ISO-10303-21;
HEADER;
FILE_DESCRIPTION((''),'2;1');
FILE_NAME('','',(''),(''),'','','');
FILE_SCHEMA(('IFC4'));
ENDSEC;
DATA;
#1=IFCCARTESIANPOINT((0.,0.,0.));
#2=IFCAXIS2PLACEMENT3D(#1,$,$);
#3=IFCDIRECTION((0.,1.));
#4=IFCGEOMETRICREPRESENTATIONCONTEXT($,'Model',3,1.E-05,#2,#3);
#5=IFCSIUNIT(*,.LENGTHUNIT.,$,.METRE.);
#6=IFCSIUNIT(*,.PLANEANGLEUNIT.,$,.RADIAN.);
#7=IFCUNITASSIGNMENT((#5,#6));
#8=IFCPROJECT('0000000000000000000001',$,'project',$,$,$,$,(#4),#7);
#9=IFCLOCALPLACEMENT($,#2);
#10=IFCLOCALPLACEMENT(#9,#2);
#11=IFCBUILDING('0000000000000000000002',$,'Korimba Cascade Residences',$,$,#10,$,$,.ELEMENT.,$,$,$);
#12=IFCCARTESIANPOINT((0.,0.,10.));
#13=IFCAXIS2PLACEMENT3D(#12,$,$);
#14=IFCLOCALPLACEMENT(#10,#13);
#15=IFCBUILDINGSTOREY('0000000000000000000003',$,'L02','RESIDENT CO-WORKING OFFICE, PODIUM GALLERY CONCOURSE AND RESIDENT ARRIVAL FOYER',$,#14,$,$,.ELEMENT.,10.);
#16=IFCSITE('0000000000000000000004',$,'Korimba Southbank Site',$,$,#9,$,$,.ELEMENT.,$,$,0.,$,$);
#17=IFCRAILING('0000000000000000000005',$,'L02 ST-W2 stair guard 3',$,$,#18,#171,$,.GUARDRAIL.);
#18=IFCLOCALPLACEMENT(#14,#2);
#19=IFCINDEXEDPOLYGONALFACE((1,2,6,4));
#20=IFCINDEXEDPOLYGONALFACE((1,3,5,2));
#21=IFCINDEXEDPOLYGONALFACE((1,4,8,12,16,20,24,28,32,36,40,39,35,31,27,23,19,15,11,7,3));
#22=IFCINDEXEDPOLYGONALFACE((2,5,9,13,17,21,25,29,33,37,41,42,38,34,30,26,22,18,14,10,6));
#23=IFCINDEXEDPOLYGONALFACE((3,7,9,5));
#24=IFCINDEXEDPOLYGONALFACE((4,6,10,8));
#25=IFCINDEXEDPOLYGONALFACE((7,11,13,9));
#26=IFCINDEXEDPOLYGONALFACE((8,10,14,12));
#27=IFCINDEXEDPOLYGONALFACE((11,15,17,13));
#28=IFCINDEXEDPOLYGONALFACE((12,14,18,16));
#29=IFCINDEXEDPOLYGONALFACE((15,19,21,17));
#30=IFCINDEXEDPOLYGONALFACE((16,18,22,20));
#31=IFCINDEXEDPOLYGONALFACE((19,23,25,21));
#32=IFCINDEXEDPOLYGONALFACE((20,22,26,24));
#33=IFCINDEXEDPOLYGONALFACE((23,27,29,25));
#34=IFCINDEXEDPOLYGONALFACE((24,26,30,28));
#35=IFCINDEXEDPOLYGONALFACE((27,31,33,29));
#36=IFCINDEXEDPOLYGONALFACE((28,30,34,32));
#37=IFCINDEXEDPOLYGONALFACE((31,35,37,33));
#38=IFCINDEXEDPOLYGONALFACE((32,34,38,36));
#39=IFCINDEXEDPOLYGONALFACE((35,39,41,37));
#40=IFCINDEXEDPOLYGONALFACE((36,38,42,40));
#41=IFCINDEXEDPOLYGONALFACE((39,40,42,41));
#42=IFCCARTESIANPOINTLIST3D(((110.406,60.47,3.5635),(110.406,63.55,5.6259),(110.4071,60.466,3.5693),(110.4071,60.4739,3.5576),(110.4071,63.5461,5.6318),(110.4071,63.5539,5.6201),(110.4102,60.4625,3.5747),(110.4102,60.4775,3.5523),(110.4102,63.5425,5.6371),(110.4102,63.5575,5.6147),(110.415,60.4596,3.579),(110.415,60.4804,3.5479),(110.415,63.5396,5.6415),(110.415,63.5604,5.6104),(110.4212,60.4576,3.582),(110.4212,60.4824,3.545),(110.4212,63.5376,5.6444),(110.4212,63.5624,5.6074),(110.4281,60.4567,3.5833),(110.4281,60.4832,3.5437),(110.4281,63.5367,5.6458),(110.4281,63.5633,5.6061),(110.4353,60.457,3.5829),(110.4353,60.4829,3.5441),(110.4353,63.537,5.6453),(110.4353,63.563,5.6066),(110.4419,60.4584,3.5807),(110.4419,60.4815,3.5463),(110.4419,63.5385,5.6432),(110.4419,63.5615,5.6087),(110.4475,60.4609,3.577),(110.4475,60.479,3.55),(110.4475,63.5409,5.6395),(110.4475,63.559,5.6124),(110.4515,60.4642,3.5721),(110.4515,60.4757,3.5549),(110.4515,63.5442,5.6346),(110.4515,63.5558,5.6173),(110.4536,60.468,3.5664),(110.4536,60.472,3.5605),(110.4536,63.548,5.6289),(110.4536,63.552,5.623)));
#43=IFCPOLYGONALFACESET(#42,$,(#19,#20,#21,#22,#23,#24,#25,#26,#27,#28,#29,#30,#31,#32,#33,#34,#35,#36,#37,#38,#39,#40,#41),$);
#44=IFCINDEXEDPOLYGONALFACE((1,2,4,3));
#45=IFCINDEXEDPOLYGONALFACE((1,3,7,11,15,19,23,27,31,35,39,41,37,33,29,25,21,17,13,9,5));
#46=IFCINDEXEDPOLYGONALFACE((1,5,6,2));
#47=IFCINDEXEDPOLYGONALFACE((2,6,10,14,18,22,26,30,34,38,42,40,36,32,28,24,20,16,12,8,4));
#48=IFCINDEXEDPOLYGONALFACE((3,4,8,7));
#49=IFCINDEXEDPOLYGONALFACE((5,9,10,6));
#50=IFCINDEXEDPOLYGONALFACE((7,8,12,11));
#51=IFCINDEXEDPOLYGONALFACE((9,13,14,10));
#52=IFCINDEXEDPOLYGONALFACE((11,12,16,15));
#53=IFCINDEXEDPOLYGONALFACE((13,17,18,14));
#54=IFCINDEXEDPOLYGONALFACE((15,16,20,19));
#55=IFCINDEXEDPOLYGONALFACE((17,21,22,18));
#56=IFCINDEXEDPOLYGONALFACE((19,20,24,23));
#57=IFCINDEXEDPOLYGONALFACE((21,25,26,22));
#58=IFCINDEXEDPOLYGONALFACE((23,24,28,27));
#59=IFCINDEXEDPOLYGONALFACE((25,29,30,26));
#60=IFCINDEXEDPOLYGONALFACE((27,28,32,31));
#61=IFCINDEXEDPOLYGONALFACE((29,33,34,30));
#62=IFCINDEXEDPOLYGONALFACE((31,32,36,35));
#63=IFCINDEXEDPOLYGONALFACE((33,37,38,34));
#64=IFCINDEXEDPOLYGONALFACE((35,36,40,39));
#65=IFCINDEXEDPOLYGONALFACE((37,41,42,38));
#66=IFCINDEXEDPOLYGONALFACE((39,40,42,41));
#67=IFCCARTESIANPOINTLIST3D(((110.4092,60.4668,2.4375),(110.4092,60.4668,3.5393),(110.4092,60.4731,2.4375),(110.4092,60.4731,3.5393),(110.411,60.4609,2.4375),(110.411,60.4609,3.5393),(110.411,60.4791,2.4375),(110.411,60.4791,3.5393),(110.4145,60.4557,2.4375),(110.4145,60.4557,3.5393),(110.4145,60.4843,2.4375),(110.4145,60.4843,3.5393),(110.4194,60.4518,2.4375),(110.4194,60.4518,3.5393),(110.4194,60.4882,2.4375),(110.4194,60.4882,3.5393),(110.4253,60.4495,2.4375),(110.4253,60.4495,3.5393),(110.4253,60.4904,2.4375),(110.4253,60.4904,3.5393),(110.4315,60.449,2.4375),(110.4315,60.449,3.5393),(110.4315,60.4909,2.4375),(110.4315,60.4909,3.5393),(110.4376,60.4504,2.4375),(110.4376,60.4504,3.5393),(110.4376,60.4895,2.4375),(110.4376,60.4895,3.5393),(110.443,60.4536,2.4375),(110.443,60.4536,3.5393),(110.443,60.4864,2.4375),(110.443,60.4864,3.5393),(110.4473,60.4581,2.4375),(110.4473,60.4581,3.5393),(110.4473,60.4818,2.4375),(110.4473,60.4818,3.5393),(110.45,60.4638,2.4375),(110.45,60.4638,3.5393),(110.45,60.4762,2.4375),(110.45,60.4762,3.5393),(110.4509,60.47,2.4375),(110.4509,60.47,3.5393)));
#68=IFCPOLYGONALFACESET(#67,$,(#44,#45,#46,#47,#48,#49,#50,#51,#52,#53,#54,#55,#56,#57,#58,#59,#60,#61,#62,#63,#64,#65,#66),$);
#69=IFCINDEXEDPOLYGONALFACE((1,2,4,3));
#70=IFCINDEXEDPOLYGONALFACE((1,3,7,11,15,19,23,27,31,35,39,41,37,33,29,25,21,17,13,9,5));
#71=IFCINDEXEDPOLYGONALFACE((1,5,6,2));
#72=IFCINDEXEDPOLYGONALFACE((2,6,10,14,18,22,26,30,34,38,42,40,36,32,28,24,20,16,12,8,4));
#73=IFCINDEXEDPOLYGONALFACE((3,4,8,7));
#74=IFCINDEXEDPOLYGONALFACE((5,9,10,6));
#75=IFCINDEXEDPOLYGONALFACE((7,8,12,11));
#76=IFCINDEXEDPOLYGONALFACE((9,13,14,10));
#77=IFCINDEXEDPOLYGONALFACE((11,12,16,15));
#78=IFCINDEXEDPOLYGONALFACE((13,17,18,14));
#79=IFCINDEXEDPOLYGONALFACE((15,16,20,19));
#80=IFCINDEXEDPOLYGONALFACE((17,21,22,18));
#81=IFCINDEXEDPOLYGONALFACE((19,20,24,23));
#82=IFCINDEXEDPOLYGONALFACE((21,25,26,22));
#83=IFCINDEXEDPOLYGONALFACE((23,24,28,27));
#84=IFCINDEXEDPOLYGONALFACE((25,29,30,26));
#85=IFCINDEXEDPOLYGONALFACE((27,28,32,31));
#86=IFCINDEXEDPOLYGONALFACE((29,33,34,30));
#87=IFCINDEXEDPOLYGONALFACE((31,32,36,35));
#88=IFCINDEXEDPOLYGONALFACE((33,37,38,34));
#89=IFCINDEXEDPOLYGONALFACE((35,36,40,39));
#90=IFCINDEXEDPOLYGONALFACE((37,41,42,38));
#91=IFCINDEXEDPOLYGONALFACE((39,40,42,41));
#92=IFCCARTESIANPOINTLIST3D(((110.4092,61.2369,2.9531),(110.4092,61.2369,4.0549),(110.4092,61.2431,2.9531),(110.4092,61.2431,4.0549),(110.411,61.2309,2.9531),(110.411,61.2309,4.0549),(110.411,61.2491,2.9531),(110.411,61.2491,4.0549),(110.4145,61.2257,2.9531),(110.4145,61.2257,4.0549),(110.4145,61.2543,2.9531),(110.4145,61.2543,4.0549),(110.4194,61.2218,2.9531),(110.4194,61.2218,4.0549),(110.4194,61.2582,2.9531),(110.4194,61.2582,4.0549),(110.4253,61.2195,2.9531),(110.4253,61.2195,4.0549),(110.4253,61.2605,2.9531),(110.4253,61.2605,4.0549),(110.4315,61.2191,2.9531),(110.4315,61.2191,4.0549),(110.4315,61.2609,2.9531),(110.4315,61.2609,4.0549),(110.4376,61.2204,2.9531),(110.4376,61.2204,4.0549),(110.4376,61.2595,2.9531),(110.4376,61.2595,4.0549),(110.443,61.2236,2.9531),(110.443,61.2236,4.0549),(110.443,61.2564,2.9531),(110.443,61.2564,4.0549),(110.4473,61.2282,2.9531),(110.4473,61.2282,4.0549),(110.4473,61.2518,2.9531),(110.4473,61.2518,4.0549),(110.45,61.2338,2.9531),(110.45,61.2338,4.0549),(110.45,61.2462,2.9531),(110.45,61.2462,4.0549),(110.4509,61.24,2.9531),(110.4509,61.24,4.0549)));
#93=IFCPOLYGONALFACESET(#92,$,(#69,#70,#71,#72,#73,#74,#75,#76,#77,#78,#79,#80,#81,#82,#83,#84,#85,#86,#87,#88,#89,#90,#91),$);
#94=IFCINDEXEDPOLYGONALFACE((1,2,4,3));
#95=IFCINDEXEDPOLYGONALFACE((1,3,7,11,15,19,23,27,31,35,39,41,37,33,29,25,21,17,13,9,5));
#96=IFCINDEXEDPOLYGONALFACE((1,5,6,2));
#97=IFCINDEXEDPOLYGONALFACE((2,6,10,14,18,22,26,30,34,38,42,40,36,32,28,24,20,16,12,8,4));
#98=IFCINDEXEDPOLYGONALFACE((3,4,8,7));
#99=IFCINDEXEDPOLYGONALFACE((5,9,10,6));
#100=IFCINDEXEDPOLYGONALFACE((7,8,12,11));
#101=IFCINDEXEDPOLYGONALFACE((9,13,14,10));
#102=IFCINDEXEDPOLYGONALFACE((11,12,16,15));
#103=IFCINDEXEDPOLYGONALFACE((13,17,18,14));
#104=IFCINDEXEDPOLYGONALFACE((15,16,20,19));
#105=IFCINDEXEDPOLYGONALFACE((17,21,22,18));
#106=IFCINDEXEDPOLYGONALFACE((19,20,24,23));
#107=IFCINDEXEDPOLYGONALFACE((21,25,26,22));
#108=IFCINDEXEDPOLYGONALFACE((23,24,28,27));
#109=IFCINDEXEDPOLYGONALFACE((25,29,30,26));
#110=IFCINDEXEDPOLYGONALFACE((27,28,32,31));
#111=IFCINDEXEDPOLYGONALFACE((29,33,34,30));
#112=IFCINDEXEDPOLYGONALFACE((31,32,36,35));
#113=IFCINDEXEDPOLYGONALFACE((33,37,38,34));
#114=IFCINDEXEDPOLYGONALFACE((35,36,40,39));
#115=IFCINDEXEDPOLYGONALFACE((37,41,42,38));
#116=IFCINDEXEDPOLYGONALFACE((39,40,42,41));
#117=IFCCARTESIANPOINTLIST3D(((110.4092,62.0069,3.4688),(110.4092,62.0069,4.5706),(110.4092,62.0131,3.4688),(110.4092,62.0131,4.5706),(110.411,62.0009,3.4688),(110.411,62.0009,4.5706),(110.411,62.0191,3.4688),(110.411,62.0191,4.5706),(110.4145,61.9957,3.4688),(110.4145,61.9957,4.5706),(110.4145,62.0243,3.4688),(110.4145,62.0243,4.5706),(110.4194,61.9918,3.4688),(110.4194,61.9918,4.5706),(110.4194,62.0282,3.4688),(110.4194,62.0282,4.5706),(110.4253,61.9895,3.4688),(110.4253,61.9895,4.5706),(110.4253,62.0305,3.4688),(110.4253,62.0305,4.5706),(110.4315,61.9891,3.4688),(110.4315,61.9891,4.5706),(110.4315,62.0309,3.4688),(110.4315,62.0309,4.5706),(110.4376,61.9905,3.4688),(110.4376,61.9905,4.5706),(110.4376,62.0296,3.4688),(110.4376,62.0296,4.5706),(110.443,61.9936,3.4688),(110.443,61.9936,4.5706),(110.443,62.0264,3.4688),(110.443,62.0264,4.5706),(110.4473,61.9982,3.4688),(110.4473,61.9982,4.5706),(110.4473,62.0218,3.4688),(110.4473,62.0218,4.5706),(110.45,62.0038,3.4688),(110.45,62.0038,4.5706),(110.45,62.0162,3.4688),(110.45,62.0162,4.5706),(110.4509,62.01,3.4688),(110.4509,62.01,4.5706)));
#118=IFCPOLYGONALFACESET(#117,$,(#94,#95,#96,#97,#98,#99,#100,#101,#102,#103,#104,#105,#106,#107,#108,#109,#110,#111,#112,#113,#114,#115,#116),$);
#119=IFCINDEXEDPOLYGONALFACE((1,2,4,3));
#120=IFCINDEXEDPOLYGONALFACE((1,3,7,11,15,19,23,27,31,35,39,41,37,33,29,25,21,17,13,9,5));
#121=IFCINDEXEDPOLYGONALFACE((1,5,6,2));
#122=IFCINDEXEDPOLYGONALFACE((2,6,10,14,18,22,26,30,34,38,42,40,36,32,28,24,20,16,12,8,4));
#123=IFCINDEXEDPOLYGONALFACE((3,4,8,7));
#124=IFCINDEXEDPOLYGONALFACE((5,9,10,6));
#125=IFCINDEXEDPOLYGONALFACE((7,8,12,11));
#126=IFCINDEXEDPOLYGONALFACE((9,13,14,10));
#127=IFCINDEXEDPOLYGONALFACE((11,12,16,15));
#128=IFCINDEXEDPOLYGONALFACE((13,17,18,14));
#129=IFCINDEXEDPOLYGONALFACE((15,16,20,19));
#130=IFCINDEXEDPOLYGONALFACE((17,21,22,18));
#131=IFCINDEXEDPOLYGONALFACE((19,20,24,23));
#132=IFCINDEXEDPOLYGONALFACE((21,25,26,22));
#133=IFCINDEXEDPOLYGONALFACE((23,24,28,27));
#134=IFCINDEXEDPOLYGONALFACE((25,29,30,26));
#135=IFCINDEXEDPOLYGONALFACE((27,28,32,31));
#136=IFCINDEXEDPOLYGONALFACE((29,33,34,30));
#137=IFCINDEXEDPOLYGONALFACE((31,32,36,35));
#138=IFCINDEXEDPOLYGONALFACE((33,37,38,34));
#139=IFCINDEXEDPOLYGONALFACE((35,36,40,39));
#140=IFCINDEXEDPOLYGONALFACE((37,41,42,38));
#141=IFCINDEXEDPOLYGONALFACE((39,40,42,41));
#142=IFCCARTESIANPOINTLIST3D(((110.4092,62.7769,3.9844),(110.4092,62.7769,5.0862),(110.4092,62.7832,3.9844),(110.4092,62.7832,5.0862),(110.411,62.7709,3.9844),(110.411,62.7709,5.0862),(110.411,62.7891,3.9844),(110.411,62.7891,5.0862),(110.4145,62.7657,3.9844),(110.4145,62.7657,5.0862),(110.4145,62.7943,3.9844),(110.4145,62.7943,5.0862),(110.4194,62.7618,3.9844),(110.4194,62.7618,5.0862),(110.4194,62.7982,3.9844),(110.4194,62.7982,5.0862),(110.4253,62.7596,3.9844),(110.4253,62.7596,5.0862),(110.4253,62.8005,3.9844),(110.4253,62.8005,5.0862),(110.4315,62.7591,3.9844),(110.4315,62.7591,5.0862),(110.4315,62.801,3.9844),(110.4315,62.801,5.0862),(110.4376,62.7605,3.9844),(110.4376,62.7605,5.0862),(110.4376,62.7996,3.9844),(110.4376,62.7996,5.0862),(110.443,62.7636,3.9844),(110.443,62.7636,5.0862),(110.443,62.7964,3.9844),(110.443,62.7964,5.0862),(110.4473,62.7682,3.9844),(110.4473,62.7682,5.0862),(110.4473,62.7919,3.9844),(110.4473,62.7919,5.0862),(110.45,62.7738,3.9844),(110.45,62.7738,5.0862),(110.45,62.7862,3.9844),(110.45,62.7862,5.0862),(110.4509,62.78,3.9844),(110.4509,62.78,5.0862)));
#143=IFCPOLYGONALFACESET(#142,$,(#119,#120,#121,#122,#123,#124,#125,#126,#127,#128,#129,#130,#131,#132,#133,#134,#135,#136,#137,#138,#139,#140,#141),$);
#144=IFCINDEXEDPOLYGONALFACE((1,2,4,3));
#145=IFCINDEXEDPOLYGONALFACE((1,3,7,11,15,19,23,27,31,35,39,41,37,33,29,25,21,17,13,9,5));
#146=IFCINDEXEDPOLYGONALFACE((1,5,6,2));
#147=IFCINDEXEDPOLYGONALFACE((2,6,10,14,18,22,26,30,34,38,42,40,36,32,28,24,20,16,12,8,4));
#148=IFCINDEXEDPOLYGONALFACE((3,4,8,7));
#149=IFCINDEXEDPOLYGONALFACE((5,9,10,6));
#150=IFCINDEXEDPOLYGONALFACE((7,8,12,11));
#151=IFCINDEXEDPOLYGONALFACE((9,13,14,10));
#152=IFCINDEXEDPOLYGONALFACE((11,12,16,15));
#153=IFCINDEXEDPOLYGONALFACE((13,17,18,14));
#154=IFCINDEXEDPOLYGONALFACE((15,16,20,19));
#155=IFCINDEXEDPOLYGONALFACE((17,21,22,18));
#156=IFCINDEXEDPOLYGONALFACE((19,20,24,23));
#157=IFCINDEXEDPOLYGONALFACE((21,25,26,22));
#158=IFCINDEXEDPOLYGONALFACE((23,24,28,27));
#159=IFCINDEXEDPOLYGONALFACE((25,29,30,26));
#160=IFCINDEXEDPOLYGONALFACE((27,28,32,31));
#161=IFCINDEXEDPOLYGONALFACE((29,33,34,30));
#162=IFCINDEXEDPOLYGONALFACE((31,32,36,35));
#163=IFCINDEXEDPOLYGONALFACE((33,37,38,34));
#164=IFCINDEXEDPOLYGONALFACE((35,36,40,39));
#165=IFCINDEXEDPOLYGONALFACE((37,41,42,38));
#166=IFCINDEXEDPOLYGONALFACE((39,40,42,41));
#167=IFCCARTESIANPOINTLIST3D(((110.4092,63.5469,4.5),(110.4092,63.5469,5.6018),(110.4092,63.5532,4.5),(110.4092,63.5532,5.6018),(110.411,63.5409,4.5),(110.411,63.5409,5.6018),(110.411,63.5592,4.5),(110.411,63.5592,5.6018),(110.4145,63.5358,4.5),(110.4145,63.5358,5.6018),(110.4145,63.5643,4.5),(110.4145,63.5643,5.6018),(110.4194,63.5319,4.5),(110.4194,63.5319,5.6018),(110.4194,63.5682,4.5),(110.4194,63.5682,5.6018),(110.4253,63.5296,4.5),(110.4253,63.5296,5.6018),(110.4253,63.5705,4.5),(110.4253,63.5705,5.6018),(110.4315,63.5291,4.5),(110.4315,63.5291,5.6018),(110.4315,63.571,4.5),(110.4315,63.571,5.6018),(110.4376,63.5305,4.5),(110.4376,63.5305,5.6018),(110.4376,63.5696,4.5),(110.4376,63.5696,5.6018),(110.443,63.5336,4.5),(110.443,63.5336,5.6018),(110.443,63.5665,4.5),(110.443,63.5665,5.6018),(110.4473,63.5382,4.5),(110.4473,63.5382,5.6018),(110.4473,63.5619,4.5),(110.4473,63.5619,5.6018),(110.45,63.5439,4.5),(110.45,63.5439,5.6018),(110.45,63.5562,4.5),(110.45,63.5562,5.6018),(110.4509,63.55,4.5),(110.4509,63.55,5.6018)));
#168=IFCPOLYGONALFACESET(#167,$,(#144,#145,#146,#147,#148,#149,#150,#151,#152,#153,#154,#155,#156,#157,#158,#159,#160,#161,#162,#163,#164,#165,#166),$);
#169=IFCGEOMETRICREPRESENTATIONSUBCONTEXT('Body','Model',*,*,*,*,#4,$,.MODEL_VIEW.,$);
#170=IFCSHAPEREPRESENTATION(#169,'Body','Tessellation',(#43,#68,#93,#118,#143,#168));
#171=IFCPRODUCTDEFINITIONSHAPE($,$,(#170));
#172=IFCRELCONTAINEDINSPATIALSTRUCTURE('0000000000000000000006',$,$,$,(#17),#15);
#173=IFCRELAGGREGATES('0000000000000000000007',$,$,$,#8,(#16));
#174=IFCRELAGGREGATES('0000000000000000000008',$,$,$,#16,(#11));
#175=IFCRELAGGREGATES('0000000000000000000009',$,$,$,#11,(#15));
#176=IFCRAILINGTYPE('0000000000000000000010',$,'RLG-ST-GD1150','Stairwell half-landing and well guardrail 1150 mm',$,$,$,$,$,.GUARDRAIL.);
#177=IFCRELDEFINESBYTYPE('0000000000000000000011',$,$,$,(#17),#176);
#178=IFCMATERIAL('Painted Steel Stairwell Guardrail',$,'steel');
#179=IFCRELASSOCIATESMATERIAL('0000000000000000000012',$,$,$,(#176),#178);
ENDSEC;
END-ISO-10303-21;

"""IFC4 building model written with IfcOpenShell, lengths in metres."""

from ifc_helpers import new_model, si_unit, direction, frame, origin, origin_2d, place, context, subcontext, project, spatial, circle, extrude, material, type_object, element, save


model = new_model("IFC4")

# Units and contexts
model_context = context("Model", 3, precision=1e-05, world=origin(), true_north=direction((0.0, 1.0)))
body_context = subcontext(model_context, "Body", "Model", "MODEL_VIEW")
ifc_project = project(units=[si_unit("LENGTHUNIT", "METRE"), si_unit("PLANEANGLEUNIT", "RADIAN")], contexts=[model_context])

# Site, building, storey
site_placement = place(None, origin())
site = spatial("IfcSite", under=ifc_project, at=site_placement, Name="Korimba Southbank Site", CompositionType="ELEMENT", RefElevation=0.0)
building_placement = place(site_placement, origin())
building = spatial("IfcBuilding", under=site, at=building_placement, Name="Korimba Cascade Residences", CompositionType="ELEMENT")
storey_placement = place(building_placement, frame((0.0, 0.0, 10.0)))
storey = spatial("IfcBuildingStorey", under=building, at=storey_placement, Name="L02", Description="RESIDENT CO-WORKING OFFICE, PODIUM GALLERY CONCOURSE AND RESIDENT ARRIVAL FOYER", CompositionType="ELEMENT", Elevation=10.0)

# Railing
ifc_material_1 = material(Name="Painted Steel Stairwell Guardrail", Category="steel")
railing_type_1 = type_object("IfcRailingType", Name="RLG-ST-GD1150", Description="Stairwell half-landing and well guardrail 1150 mm", PredefinedType="GUARDRAIL", material=ifc_material_1)
railing_1_placement = place(storey_placement, frame((110.4299, 60.47, 2.4375)))
element("IfcRailing", 1, at=railing_1_placement, inside=storey, type_object=railing_type_1, Name="L02 ST-W2 stair guard 3", PredefinedType="GUARDRAIL", context=body_context, shape_type="SweptSolid", body=[
    extrude(circle(Radius=0.0239, at=origin_2d()), frame((0.0, 0.0, 1.126), z_axis=(0.0, 0.830914, 0.556401), x_axis=(-1.0, 0.0, 0.0)), (0.0, 0.0, 1.0), 3.7068),
    extrude(circle(Radius=0.021, at=origin_2d()), origin(), (0.0, 0.0, 1.0), 1.1018),
    extrude(circle(Radius=0.021, at=origin_2d()), frame((0.0, 0.77, 0.5156)), (0.0, 0.0, 1.0), 1.1018),
    extrude(circle(Radius=0.021, at=origin_2d()), frame((0.0, 1.54, 1.0312)), (0.0, 0.0, 1.0), 1.1018),
    extrude(circle(Radius=0.021, at=origin_2d()), frame((0.0, 2.3101, 1.5469)), (0.0, 0.0, 1.0), 1.1018),
    extrude(circle(Radius=0.021, at=origin_2d()), frame((0.0, 3.0801, 2.0625)), (0.0, 0.0, 1.0), 1.1018),
])

save(model, "model.ifc")
